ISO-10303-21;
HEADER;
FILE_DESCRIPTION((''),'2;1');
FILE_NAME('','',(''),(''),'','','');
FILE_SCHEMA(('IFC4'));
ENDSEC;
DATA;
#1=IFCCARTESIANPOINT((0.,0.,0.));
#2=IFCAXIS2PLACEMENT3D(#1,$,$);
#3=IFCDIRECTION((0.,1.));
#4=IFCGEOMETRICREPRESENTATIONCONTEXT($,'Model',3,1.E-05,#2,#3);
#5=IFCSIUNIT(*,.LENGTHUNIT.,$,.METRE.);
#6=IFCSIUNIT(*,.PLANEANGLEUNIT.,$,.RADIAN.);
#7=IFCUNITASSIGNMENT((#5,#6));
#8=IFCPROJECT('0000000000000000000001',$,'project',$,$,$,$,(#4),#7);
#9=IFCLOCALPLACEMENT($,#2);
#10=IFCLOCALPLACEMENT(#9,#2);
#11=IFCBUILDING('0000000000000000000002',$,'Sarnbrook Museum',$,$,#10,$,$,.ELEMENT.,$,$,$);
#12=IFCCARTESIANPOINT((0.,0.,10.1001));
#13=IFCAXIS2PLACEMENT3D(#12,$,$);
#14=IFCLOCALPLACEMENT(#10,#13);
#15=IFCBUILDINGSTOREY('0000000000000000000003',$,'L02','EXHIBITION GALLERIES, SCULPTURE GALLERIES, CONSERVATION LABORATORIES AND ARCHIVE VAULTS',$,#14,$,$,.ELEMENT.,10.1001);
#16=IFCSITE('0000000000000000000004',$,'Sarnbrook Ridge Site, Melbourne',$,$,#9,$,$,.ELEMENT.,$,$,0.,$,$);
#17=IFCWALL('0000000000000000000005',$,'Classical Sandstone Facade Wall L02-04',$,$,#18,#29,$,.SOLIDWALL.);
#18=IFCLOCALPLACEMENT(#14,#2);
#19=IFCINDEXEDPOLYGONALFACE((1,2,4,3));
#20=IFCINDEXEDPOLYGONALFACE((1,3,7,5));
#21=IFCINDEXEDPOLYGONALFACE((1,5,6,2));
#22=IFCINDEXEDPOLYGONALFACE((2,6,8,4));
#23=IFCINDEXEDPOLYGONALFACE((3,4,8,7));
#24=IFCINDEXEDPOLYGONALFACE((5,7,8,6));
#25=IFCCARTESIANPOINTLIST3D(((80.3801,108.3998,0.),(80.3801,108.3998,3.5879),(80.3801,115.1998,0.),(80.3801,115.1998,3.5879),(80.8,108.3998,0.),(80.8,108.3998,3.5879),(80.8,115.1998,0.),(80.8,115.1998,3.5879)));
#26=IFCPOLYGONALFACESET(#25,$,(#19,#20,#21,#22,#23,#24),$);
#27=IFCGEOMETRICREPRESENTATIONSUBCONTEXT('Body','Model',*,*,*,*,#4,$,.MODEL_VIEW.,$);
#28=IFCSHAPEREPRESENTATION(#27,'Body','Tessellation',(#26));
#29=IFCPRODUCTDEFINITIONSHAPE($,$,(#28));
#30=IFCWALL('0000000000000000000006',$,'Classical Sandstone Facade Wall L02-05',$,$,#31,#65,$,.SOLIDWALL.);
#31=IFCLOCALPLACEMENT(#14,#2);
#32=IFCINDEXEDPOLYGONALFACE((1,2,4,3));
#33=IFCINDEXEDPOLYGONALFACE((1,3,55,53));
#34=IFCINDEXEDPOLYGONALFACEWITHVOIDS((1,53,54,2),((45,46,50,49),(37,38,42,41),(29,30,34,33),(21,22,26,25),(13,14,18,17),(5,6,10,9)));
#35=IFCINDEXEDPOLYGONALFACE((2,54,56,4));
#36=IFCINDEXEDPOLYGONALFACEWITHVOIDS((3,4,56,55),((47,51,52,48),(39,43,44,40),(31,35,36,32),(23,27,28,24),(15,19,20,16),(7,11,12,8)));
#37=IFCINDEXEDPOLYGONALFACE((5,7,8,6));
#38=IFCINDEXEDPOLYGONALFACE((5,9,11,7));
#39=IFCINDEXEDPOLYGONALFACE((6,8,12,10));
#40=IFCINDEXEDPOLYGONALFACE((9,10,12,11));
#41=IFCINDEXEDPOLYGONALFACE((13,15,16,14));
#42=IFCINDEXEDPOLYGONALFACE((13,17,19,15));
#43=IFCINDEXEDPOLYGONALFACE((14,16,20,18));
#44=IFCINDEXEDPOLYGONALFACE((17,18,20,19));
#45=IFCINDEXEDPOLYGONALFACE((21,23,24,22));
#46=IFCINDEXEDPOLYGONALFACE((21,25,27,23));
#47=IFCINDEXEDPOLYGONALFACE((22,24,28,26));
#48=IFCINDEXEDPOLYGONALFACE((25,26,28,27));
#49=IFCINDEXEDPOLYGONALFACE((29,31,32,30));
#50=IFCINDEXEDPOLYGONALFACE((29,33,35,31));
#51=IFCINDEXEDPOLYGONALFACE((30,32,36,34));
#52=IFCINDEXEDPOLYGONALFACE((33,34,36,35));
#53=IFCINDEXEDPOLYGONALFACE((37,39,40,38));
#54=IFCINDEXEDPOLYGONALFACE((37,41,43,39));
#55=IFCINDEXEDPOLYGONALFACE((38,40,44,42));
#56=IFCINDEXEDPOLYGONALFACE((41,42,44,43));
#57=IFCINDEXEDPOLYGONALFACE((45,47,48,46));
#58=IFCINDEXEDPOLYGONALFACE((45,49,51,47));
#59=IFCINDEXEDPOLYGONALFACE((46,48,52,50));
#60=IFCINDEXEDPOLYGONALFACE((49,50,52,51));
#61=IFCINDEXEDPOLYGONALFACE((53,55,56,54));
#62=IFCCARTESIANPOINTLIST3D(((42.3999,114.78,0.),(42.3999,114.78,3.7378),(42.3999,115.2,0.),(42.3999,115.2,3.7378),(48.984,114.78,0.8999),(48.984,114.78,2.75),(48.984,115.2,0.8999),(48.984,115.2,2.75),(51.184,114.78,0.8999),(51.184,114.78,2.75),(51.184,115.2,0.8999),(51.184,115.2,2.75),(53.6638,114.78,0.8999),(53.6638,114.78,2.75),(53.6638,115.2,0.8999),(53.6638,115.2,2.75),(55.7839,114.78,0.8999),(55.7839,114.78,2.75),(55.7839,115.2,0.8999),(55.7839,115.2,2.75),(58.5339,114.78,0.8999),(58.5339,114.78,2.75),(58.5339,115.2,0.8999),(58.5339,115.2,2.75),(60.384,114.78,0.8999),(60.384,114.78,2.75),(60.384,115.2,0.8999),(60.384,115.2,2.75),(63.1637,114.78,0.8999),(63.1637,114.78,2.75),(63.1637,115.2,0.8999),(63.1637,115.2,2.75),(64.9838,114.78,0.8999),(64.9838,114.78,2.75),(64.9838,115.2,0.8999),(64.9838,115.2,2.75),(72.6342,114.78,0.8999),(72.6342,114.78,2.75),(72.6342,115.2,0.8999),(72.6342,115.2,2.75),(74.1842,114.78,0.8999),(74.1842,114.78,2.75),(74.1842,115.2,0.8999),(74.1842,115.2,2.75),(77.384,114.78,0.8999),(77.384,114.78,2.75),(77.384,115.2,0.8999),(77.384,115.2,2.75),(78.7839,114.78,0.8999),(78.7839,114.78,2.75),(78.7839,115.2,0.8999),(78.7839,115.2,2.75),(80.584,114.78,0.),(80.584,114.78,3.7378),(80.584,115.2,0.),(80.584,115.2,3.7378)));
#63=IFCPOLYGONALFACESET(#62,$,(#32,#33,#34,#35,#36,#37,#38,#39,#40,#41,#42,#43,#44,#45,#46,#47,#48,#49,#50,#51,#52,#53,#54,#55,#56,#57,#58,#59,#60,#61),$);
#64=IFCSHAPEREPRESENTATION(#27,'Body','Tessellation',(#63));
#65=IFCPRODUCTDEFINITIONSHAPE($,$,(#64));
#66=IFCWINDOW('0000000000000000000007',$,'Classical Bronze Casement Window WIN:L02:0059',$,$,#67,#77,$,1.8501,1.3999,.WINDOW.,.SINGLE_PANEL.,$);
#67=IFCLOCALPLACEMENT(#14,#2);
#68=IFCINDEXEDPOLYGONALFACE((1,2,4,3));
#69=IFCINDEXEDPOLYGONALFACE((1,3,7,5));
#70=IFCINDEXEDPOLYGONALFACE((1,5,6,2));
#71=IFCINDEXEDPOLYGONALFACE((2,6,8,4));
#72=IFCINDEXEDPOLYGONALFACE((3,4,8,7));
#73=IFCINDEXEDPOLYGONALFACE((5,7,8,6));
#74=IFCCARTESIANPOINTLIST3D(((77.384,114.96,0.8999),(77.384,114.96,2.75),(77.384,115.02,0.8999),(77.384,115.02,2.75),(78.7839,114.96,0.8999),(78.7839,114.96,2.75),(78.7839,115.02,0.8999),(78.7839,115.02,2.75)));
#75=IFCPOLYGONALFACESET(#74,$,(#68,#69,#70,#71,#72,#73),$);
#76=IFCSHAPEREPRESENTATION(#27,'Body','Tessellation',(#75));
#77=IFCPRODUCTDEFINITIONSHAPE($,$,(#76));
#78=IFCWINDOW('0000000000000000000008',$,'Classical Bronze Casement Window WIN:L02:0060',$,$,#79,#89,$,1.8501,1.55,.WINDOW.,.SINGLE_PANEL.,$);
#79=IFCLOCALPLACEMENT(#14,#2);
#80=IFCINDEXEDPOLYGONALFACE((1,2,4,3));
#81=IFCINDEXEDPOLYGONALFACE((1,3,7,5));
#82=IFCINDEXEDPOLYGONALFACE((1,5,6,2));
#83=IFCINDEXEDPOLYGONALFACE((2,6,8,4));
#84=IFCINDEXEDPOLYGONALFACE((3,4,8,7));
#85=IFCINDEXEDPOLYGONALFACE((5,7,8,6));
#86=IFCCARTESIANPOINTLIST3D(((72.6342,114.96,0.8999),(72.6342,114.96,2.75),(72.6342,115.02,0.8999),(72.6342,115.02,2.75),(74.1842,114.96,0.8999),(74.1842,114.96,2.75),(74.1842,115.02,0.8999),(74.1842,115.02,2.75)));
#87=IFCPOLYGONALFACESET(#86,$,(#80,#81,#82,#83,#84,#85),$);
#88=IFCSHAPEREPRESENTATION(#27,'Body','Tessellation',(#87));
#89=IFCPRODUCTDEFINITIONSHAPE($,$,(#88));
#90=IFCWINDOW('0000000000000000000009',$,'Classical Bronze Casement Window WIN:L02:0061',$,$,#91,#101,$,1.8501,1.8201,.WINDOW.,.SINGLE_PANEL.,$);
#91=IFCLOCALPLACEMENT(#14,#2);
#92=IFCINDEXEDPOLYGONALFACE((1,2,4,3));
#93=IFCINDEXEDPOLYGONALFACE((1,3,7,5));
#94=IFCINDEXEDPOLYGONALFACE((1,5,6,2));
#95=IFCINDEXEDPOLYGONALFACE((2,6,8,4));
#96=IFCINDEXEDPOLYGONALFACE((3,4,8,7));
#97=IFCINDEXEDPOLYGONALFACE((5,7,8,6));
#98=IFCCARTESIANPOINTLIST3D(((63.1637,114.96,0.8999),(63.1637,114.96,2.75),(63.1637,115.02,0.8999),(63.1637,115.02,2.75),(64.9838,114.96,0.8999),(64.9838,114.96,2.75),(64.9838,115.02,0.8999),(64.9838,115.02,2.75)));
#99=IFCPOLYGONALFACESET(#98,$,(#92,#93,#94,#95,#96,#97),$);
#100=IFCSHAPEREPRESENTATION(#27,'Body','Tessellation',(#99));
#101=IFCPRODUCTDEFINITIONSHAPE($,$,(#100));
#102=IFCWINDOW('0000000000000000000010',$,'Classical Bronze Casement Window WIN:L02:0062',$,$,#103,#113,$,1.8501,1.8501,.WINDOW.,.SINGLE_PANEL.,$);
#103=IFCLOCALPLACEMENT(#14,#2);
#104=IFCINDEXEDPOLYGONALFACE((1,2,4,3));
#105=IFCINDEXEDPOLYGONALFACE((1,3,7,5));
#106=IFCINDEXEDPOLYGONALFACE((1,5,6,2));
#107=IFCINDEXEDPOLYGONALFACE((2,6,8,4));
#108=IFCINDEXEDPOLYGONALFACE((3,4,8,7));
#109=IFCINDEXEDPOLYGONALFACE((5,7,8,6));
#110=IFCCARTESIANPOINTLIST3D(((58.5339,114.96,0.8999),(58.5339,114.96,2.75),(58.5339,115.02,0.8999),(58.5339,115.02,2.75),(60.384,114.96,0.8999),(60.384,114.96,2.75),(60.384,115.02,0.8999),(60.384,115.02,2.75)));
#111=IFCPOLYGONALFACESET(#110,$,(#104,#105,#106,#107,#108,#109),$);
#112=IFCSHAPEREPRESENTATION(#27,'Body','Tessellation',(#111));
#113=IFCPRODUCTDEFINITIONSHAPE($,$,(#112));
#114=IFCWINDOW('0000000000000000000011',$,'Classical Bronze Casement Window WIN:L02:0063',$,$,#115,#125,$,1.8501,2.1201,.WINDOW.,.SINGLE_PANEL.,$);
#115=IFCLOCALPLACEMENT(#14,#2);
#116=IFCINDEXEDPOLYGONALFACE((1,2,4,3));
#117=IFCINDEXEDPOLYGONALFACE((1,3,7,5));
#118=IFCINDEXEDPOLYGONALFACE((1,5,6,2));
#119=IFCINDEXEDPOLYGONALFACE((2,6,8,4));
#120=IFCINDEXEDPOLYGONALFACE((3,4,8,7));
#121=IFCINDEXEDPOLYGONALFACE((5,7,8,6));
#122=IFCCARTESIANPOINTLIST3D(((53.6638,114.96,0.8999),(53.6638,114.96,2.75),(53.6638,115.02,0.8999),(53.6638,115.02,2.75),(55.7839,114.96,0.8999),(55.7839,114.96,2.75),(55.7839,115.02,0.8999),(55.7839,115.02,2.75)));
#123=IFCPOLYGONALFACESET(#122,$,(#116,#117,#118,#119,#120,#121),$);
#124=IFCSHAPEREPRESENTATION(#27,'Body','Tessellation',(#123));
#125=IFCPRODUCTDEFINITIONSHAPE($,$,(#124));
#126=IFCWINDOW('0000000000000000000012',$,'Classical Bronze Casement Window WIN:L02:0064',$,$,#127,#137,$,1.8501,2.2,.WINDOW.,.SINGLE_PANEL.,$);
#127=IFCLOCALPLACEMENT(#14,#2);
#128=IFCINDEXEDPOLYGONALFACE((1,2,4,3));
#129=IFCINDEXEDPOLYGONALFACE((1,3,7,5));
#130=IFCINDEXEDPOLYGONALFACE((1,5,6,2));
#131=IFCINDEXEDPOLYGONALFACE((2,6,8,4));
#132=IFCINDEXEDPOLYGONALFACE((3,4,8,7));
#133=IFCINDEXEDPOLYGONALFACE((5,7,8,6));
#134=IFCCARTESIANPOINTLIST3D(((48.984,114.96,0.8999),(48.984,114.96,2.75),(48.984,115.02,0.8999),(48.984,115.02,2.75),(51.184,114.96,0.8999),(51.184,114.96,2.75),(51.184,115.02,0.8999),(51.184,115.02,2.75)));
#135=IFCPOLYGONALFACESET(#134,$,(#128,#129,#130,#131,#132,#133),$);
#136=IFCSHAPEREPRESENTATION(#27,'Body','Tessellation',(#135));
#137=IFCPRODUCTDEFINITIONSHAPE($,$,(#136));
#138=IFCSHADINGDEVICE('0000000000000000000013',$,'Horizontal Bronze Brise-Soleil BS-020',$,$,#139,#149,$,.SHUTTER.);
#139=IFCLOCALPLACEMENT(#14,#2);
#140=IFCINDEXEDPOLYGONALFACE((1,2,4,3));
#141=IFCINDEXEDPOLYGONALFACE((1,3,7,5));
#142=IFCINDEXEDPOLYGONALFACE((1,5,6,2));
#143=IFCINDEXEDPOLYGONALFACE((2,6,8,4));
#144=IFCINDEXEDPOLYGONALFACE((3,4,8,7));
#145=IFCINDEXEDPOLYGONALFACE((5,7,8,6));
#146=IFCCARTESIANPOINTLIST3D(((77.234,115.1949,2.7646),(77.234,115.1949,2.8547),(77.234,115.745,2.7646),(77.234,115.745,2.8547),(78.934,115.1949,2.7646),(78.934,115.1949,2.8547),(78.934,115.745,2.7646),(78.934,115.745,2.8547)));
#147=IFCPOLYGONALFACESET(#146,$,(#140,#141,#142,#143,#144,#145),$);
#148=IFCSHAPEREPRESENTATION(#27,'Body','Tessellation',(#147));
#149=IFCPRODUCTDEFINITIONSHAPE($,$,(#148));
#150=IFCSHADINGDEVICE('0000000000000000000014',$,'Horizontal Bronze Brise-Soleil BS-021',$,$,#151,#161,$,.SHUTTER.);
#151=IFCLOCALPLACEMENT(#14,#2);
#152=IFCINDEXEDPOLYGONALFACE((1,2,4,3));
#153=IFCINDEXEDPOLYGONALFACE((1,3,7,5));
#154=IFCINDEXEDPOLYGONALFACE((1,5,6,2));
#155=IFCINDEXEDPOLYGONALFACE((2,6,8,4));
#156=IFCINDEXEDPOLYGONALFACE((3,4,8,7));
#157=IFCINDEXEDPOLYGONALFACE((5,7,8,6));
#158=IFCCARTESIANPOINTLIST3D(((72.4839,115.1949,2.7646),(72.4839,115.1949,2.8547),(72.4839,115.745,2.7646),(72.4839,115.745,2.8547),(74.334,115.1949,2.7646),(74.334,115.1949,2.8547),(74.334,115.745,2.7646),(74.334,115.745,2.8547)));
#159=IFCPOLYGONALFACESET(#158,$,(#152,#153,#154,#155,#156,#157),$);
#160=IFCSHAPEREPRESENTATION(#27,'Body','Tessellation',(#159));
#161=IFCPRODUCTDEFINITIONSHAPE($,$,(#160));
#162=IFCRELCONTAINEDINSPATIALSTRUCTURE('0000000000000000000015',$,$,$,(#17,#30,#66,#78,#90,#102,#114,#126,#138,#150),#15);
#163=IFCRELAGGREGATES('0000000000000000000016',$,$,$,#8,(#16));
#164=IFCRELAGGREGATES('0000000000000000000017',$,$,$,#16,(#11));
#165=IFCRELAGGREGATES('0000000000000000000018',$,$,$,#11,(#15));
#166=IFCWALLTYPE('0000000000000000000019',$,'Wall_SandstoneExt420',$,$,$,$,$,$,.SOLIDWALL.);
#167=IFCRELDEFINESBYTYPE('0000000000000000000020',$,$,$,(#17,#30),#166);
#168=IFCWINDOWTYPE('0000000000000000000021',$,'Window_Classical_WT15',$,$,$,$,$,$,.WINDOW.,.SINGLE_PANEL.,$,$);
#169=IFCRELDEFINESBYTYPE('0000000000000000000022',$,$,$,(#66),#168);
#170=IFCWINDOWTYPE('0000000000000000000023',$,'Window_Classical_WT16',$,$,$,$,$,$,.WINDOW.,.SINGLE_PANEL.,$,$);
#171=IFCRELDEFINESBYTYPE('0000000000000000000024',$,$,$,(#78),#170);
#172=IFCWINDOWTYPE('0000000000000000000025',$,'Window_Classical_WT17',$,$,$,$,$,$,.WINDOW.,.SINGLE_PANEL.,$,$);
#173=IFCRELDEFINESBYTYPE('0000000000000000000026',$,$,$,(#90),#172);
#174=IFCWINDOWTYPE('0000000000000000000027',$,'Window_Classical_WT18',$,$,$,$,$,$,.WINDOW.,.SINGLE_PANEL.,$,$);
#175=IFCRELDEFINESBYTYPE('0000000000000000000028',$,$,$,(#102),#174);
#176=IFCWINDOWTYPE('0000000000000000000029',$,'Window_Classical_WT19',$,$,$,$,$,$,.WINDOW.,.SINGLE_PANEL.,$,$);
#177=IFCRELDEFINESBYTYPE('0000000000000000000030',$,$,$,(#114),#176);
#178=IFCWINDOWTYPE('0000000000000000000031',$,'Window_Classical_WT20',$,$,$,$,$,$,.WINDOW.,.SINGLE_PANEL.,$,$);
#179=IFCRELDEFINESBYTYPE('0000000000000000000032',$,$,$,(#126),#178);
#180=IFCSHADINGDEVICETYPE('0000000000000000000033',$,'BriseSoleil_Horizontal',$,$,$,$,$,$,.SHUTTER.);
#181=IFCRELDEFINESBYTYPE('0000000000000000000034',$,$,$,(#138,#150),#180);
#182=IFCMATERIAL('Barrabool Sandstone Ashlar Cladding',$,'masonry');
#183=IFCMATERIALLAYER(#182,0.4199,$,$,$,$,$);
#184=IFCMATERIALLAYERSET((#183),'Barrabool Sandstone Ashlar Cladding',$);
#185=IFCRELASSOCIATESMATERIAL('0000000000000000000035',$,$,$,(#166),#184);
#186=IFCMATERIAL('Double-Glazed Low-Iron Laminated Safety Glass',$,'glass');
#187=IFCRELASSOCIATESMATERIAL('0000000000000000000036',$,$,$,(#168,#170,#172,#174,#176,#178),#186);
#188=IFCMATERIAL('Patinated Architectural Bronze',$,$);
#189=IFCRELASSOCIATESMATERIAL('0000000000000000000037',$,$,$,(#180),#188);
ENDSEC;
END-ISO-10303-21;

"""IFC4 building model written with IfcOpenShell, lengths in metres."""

from ifc_helpers import new_model, si_unit, direction, frame, frame_2d, origin, origin_2d, place, context, subcontext, project, spatial, rectangle, extrude, material, layer, layer_set, type_object, element, fill, save


model = new_model("IFC4")

# Units and contexts
model_context = context("Model", 3, precision=1e-05, world=origin(), true_north=direction((0.0, 1.0)))
body_context = subcontext(model_context, "Body", "Model", "MODEL_VIEW")
ifc_project = project(units=[si_unit("LENGTHUNIT", "METRE"), si_unit("PLANEANGLEUNIT", "RADIAN")], contexts=[model_context])

# Site, building, storey
site_placement = place(None, origin())
site = spatial("IfcSite", under=ifc_project, at=site_placement, Name="Sarnbrook Ridge Site, Melbourne", CompositionType="ELEMENT", RefElevation=0.0)
building_placement = place(site_placement, origin())
building = spatial("IfcBuilding", under=site, at=building_placement, Name="Sarnbrook Museum", CompositionType="ELEMENT")
storey_placement = place(building_placement, frame((0.0, 0.0, 10.1001)))
storey = spatial("IfcBuildingStorey", under=building, at=storey_placement, Name="L02", Description="EXHIBITION GALLERIES, SCULPTURE GALLERIES, CONSERVATION LABORATORIES AND ARCHIVE VAULTS", CompositionType="ELEMENT", Elevation=10.1001)

# Wall
ifc_material_1 = material(Name="Barrabool Sandstone Ashlar Cladding", Category="masonry")
ifc_layer = layer(ifc_material_1, 0.4199)
ifc_layer_set = layer_set([ifc_layer], Name="Barrabool Sandstone Ashlar Cladding")
wall_type = type_object("IfcWallType", Name="Wall_SandstoneExt420", PredefinedType="SOLIDWALL", material=ifc_layer_set)
wall_1_placement = place(storey_placement, frame((80.5901, 108.3999, 0.0), z_axis=(0.0, 0.0, 1.0), x_axis=(0.0, 1.0, 0.0)))
element("IfcWall", 1, at=wall_1_placement, inside=storey, type_object=wall_type, Name="Classical Sandstone Facade Wall L02-04", PredefinedType="SOLIDWALL", context=body_context, shape_type="SweptSolid", body=[
    extrude(rectangle(XDim=6.8, YDim=0.4199, at=frame_2d((3.3999, 0.0))), origin(), (0.0, 0.0, 1.0), 3.5879),
])

# Wall, openings, windows
wall_2_placement = place(storey_placement, frame((80.584, 114.99, 0.0), z_axis=(0.0, 0.0, 1.0), x_axis=(-1.0, 0.0, 0.0)))
wall_2 = element("IfcWall", 2, at=wall_2_placement, inside=storey, type_object=wall_type, Name="Classical Sandstone Facade Wall L02-05", PredefinedType="SOLIDWALL", context=body_context, shape_type="SweptSolid", body=[
    extrude(rectangle(XDim=38.1841, YDim=0.4199, at=frame_2d((19.092, 0.0))), origin(), (0.0, 0.0, 1.0), 3.7378),
])
opening_1_placement = place(wall_2_placement, frame((1.8, 0.0, 0.8999)))
opening_1 = element("IfcOpeningElement", 3, at=opening_1_placement, cuts=wall_2, PredefinedType="OPENING", context=body_context, shape_type="SweptSolid", body=[
    extrude(rectangle(XDim=1.3999, YDim=1.8501, at=frame_2d((0.7, 0.925))), frame((0.0, 0.22, 0.0), z_axis=(0.0, -1.0, 0.0), x_axis=(1.0, 0.0, 0.0)), (0.0, 0.0, 1.0), 0.4399),
])
opening_2_placement = place(wall_2_placement, frame((6.3999, 0.0, 0.8999)))
opening_2 = element("IfcOpeningElement", 4, at=opening_2_placement, cuts=wall_2, PredefinedType="OPENING", context=body_context, shape_type="SweptSolid", body=[
    extrude(rectangle(XDim=1.55, YDim=1.8501, at=frame_2d((0.7749, 0.925))), frame((0.0, 0.22, 0.0), z_axis=(0.0, -1.0, 0.0), x_axis=(1.0, 0.0, 0.0)), (0.0, 0.0, 1.0), 0.4399),
])
opening_3_placement = place(wall_2_placement, frame((15.6001, 0.0, 0.8999)))
opening_3 = element("IfcOpeningElement", 5, at=opening_3_placement, cuts=wall_2, PredefinedType="OPENING", context=body_context, shape_type="SweptSolid", body=[
    extrude(rectangle(XDim=1.8201, YDim=1.8501, at=frame_2d((0.9102, 0.925))), frame((0.0, 0.22, 0.0), z_axis=(0.0, -1.0, 0.0), x_axis=(1.0, 0.0, 0.0)), (0.0, 0.0, 1.0), 0.4399),
])
opening_4_placement = place(wall_2_placement, frame((20.2, 0.0, 0.8999)))
opening_4 = element("IfcOpeningElement", 6, at=opening_4_placement, cuts=wall_2, PredefinedType="OPENING", context=body_context, shape_type="SweptSolid", body=[
    extrude(rectangle(XDim=1.8501, YDim=1.8501, at=frame_2d((0.925, 0.925))), frame((0.0, 0.22, 0.0), z_axis=(0.0, -1.0, 0.0), x_axis=(1.0, 0.0, 0.0)), (0.0, 0.0, 1.0), 0.4399),
])
opening_5_placement = place(wall_2_placement, frame((24.8, 0.0, 0.8999)))
opening_5 = element("IfcOpeningElement", 7, at=opening_5_placement, cuts=wall_2, PredefinedType="OPENING", context=body_context, shape_type="SweptSolid", body=[
    extrude(rectangle(XDim=2.1201, YDim=1.8501, at=frame_2d((1.0601, 0.925))), frame((0.0, 0.22, 0.0), z_axis=(0.0, -1.0, 0.0), x_axis=(1.0, 0.0, 0.0)), (0.0, 0.0, 1.0), 0.4399),
])
opening_6_placement = place(wall_2_placement, frame((29.3999, 0.0, 0.8999)))
opening_6 = element("IfcOpeningElement", 8, at=opening_6_placement, cuts=wall_2, PredefinedType="OPENING", context=body_context, shape_type="SweptSolid", body=[
    extrude(rectangle(XDim=2.2, YDim=1.8501, at=frame_2d((1.1001, 0.925))), frame((0.0, 0.22, 0.0), z_axis=(0.0, -1.0, 0.0), x_axis=(1.0, 0.0, 0.0)), (0.0, 0.0, 1.0), 0.4399),
])
ifc_material_2 = material(Name="Double-Glazed Low-Iron Laminated Safety Glass", Category="glass")
window_type_1 = type_object("IfcWindowType", Name="Window_Classical_WT15", PartitioningType="SINGLE_PANEL", PredefinedType="WINDOW", material=ifc_material_2)
window_1_placement = place(opening_1_placement, origin())
window_1 = element("IfcWindow", 9, at=window_1_placement, inside=storey, type_object=window_type_1, Name="Classical Bronze Casement Window WIN:L02:0059", OverallHeight=1.8501, OverallWidth=1.3999, PartitioningType="SINGLE_PANEL", PredefinedType="WINDOW", context=body_context, shape_type="SweptSolid", body=[
    extrude(rectangle(XDim=1.3999, YDim=1.8501, at=frame_2d((0.7, 0.925))), frame((0.0, 0.03, 0.0), z_axis=(0.0, -1.0, 0.0), x_axis=(1.0, 0.0, 0.0)), (0.0, 0.0, 1.0), 0.0601),
])
fill(opening_1, window_1)
window_type_2 = type_object("IfcWindowType", Name="Window_Classical_WT16", PartitioningType="SINGLE_PANEL", PredefinedType="WINDOW", material=ifc_material_2)
window_2_placement = place(opening_2_placement, origin())
window_2 = element("IfcWindow", 10, at=window_2_placement, inside=storey, type_object=window_type_2, Name="Classical Bronze Casement Window WIN:L02:0060", OverallHeight=1.8501, OverallWidth=1.55, PartitioningType="SINGLE_PANEL", PredefinedType="WINDOW", context=body_context, shape_type="SweptSolid", body=[
    extrude(rectangle(XDim=1.55, YDim=1.8501, at=frame_2d((0.7749, 0.925))), frame((0.0, 0.03, 0.0), z_axis=(0.0, -1.0, 0.0), x_axis=(1.0, 0.0, 0.0)), (0.0, 0.0, 1.0), 0.0601),
])
fill(opening_2, window_2)
window_type_3 = type_object("IfcWindowType", Name="Window_Classical_WT17", PartitioningType="SINGLE_PANEL", PredefinedType="WINDOW", material=ifc_material_2)
window_3_placement = place(opening_3_placement, origin())
window_3 = element("IfcWindow", 11, at=window_3_placement, inside=storey, type_object=window_type_3, Name="Classical Bronze Casement Window WIN:L02:0061", OverallHeight=1.8501, OverallWidth=1.8201, PartitioningType="SINGLE_PANEL", PredefinedType="WINDOW", context=body_context, shape_type="SweptSolid", body=[
    extrude(rectangle(XDim=1.8201, YDim=1.8501, at=frame_2d((0.9102, 0.925))), frame((0.0, 0.03, 0.0), z_axis=(0.0, -1.0, 0.0), x_axis=(1.0, 0.0, 0.0)), (0.0, 0.0, 1.0), 0.0601),
])
fill(opening_3, window_3)
window_type_4 = type_object("IfcWindowType", Name="Window_Classical_WT18", PartitioningType="SINGLE_PANEL", PredefinedType="WINDOW", material=ifc_material_2)
window_4_placement = place(opening_4_placement, origin())
window_4 = element("IfcWindow", 12, at=window_4_placement, inside=storey, type_object=window_type_4, Name="Classical Bronze Casement Window WIN:L02:0062", OverallHeight=1.8501, OverallWidth=1.8501, PartitioningType="SINGLE_PANEL", PredefinedType="WINDOW", context=body_context, shape_type="SweptSolid", body=[
    extrude(rectangle(XDim=1.8501, YDim=1.8501, at=frame_2d((0.925, 0.925))), frame((0.0, 0.03, 0.0), z_axis=(0.0, -1.0, 0.0), x_axis=(1.0, 0.0, 0.0)), (0.0, 0.0, 1.0), 0.0601),
])
fill(opening_4, window_4)
window_type_5 = type_object("IfcWindowType", Name="Window_Classical_WT19", PartitioningType="SINGLE_PANEL", PredefinedType="WINDOW", material=ifc_material_2)
window_5_placement = place(opening_5_placement, origin())
window_5 = element("IfcWindow", 13, at=window_5_placement, inside=storey, type_object=window_type_5, Name="Classical Bronze Casement Window WIN:L02:0063", OverallHeight=1.8501, OverallWidth=2.1201, PartitioningType="SINGLE_PANEL", PredefinedType="WINDOW", context=body_context, shape_type="SweptSolid", body=[
    extrude(rectangle(XDim=2.1201, YDim=1.8501, at=frame_2d((1.0601, 0.925))), frame((0.0, 0.03, 0.0), z_axis=(0.0, -1.0, 0.0), x_axis=(1.0, 0.0, 0.0)), (0.0, 0.0, 1.0), 0.0601),
])
fill(opening_5, window_5)
window_type_6 = type_object("IfcWindowType", Name="Window_Classical_WT20", PartitioningType="SINGLE_PANEL", PredefinedType="WINDOW", material=ifc_material_2)
window_6_placement = place(opening_6_placement, origin())
window_6 = element("IfcWindow", 14, at=window_6_placement, inside=storey, type_object=window_type_6, Name="Classical Bronze Casement Window WIN:L02:0064", OverallHeight=1.8501, OverallWidth=2.2, PartitioningType="SINGLE_PANEL", PredefinedType="WINDOW", context=body_context, shape_type="SweptSolid", body=[
    extrude(rectangle(XDim=2.2, YDim=1.8501, at=frame_2d((1.1001, 0.925))), frame((0.0, 0.03, 0.0), z_axis=(0.0, -1.0, 0.0), x_axis=(1.0, 0.0, 0.0)), (0.0, 0.0, 1.0), 0.0601),
])
fill(opening_6, window_6)

# Shading devices
ifc_material_3 = material(Name="Patinated Architectural Bronze")
shading_device_type = type_object("IfcShadingDeviceType", Name="BriseSoleil_Horizontal", PredefinedType="SHUTTER", material=ifc_material_3)
shading_device_1_placement = place(storey_placement, frame((78.084, 115.47, 2.7646), z_axis=(0.0, 0.0, 1.0), x_axis=(1.0, 0.0, 0.0)))
element("IfcShadingDevice", 15, at=shading_device_1_placement, inside=storey, type_object=shading_device_type, Name="Horizontal Bronze Brise-Soleil BS-020", PredefinedType="SHUTTER", context=body_context, shape_type="SweptSolid", body=[
    extrude(rectangle(XDim=1.7, YDim=0.55, at=origin_2d()), origin(), (0.0, 0.0, 1.0), 0.0901),
])
shading_device_2_placement = place(storey_placement, frame((73.4089, 115.47, 2.7646), z_axis=(0.0, 0.0, 1.0), x_axis=(1.0, 0.0, 0.0)))
element("IfcShadingDevice", 16, at=shading_device_2_placement, inside=storey, type_object=shading_device_type, Name="Horizontal Bronze Brise-Soleil BS-021", PredefinedType="SHUTTER", context=body_context, shape_type="SweptSolid", body=[
    extrude(rectangle(XDim=1.8501, YDim=0.55, at=origin_2d()), origin(), (0.0, 0.0, 1.0), 0.0901),
])

save(model, "model.ifc")
